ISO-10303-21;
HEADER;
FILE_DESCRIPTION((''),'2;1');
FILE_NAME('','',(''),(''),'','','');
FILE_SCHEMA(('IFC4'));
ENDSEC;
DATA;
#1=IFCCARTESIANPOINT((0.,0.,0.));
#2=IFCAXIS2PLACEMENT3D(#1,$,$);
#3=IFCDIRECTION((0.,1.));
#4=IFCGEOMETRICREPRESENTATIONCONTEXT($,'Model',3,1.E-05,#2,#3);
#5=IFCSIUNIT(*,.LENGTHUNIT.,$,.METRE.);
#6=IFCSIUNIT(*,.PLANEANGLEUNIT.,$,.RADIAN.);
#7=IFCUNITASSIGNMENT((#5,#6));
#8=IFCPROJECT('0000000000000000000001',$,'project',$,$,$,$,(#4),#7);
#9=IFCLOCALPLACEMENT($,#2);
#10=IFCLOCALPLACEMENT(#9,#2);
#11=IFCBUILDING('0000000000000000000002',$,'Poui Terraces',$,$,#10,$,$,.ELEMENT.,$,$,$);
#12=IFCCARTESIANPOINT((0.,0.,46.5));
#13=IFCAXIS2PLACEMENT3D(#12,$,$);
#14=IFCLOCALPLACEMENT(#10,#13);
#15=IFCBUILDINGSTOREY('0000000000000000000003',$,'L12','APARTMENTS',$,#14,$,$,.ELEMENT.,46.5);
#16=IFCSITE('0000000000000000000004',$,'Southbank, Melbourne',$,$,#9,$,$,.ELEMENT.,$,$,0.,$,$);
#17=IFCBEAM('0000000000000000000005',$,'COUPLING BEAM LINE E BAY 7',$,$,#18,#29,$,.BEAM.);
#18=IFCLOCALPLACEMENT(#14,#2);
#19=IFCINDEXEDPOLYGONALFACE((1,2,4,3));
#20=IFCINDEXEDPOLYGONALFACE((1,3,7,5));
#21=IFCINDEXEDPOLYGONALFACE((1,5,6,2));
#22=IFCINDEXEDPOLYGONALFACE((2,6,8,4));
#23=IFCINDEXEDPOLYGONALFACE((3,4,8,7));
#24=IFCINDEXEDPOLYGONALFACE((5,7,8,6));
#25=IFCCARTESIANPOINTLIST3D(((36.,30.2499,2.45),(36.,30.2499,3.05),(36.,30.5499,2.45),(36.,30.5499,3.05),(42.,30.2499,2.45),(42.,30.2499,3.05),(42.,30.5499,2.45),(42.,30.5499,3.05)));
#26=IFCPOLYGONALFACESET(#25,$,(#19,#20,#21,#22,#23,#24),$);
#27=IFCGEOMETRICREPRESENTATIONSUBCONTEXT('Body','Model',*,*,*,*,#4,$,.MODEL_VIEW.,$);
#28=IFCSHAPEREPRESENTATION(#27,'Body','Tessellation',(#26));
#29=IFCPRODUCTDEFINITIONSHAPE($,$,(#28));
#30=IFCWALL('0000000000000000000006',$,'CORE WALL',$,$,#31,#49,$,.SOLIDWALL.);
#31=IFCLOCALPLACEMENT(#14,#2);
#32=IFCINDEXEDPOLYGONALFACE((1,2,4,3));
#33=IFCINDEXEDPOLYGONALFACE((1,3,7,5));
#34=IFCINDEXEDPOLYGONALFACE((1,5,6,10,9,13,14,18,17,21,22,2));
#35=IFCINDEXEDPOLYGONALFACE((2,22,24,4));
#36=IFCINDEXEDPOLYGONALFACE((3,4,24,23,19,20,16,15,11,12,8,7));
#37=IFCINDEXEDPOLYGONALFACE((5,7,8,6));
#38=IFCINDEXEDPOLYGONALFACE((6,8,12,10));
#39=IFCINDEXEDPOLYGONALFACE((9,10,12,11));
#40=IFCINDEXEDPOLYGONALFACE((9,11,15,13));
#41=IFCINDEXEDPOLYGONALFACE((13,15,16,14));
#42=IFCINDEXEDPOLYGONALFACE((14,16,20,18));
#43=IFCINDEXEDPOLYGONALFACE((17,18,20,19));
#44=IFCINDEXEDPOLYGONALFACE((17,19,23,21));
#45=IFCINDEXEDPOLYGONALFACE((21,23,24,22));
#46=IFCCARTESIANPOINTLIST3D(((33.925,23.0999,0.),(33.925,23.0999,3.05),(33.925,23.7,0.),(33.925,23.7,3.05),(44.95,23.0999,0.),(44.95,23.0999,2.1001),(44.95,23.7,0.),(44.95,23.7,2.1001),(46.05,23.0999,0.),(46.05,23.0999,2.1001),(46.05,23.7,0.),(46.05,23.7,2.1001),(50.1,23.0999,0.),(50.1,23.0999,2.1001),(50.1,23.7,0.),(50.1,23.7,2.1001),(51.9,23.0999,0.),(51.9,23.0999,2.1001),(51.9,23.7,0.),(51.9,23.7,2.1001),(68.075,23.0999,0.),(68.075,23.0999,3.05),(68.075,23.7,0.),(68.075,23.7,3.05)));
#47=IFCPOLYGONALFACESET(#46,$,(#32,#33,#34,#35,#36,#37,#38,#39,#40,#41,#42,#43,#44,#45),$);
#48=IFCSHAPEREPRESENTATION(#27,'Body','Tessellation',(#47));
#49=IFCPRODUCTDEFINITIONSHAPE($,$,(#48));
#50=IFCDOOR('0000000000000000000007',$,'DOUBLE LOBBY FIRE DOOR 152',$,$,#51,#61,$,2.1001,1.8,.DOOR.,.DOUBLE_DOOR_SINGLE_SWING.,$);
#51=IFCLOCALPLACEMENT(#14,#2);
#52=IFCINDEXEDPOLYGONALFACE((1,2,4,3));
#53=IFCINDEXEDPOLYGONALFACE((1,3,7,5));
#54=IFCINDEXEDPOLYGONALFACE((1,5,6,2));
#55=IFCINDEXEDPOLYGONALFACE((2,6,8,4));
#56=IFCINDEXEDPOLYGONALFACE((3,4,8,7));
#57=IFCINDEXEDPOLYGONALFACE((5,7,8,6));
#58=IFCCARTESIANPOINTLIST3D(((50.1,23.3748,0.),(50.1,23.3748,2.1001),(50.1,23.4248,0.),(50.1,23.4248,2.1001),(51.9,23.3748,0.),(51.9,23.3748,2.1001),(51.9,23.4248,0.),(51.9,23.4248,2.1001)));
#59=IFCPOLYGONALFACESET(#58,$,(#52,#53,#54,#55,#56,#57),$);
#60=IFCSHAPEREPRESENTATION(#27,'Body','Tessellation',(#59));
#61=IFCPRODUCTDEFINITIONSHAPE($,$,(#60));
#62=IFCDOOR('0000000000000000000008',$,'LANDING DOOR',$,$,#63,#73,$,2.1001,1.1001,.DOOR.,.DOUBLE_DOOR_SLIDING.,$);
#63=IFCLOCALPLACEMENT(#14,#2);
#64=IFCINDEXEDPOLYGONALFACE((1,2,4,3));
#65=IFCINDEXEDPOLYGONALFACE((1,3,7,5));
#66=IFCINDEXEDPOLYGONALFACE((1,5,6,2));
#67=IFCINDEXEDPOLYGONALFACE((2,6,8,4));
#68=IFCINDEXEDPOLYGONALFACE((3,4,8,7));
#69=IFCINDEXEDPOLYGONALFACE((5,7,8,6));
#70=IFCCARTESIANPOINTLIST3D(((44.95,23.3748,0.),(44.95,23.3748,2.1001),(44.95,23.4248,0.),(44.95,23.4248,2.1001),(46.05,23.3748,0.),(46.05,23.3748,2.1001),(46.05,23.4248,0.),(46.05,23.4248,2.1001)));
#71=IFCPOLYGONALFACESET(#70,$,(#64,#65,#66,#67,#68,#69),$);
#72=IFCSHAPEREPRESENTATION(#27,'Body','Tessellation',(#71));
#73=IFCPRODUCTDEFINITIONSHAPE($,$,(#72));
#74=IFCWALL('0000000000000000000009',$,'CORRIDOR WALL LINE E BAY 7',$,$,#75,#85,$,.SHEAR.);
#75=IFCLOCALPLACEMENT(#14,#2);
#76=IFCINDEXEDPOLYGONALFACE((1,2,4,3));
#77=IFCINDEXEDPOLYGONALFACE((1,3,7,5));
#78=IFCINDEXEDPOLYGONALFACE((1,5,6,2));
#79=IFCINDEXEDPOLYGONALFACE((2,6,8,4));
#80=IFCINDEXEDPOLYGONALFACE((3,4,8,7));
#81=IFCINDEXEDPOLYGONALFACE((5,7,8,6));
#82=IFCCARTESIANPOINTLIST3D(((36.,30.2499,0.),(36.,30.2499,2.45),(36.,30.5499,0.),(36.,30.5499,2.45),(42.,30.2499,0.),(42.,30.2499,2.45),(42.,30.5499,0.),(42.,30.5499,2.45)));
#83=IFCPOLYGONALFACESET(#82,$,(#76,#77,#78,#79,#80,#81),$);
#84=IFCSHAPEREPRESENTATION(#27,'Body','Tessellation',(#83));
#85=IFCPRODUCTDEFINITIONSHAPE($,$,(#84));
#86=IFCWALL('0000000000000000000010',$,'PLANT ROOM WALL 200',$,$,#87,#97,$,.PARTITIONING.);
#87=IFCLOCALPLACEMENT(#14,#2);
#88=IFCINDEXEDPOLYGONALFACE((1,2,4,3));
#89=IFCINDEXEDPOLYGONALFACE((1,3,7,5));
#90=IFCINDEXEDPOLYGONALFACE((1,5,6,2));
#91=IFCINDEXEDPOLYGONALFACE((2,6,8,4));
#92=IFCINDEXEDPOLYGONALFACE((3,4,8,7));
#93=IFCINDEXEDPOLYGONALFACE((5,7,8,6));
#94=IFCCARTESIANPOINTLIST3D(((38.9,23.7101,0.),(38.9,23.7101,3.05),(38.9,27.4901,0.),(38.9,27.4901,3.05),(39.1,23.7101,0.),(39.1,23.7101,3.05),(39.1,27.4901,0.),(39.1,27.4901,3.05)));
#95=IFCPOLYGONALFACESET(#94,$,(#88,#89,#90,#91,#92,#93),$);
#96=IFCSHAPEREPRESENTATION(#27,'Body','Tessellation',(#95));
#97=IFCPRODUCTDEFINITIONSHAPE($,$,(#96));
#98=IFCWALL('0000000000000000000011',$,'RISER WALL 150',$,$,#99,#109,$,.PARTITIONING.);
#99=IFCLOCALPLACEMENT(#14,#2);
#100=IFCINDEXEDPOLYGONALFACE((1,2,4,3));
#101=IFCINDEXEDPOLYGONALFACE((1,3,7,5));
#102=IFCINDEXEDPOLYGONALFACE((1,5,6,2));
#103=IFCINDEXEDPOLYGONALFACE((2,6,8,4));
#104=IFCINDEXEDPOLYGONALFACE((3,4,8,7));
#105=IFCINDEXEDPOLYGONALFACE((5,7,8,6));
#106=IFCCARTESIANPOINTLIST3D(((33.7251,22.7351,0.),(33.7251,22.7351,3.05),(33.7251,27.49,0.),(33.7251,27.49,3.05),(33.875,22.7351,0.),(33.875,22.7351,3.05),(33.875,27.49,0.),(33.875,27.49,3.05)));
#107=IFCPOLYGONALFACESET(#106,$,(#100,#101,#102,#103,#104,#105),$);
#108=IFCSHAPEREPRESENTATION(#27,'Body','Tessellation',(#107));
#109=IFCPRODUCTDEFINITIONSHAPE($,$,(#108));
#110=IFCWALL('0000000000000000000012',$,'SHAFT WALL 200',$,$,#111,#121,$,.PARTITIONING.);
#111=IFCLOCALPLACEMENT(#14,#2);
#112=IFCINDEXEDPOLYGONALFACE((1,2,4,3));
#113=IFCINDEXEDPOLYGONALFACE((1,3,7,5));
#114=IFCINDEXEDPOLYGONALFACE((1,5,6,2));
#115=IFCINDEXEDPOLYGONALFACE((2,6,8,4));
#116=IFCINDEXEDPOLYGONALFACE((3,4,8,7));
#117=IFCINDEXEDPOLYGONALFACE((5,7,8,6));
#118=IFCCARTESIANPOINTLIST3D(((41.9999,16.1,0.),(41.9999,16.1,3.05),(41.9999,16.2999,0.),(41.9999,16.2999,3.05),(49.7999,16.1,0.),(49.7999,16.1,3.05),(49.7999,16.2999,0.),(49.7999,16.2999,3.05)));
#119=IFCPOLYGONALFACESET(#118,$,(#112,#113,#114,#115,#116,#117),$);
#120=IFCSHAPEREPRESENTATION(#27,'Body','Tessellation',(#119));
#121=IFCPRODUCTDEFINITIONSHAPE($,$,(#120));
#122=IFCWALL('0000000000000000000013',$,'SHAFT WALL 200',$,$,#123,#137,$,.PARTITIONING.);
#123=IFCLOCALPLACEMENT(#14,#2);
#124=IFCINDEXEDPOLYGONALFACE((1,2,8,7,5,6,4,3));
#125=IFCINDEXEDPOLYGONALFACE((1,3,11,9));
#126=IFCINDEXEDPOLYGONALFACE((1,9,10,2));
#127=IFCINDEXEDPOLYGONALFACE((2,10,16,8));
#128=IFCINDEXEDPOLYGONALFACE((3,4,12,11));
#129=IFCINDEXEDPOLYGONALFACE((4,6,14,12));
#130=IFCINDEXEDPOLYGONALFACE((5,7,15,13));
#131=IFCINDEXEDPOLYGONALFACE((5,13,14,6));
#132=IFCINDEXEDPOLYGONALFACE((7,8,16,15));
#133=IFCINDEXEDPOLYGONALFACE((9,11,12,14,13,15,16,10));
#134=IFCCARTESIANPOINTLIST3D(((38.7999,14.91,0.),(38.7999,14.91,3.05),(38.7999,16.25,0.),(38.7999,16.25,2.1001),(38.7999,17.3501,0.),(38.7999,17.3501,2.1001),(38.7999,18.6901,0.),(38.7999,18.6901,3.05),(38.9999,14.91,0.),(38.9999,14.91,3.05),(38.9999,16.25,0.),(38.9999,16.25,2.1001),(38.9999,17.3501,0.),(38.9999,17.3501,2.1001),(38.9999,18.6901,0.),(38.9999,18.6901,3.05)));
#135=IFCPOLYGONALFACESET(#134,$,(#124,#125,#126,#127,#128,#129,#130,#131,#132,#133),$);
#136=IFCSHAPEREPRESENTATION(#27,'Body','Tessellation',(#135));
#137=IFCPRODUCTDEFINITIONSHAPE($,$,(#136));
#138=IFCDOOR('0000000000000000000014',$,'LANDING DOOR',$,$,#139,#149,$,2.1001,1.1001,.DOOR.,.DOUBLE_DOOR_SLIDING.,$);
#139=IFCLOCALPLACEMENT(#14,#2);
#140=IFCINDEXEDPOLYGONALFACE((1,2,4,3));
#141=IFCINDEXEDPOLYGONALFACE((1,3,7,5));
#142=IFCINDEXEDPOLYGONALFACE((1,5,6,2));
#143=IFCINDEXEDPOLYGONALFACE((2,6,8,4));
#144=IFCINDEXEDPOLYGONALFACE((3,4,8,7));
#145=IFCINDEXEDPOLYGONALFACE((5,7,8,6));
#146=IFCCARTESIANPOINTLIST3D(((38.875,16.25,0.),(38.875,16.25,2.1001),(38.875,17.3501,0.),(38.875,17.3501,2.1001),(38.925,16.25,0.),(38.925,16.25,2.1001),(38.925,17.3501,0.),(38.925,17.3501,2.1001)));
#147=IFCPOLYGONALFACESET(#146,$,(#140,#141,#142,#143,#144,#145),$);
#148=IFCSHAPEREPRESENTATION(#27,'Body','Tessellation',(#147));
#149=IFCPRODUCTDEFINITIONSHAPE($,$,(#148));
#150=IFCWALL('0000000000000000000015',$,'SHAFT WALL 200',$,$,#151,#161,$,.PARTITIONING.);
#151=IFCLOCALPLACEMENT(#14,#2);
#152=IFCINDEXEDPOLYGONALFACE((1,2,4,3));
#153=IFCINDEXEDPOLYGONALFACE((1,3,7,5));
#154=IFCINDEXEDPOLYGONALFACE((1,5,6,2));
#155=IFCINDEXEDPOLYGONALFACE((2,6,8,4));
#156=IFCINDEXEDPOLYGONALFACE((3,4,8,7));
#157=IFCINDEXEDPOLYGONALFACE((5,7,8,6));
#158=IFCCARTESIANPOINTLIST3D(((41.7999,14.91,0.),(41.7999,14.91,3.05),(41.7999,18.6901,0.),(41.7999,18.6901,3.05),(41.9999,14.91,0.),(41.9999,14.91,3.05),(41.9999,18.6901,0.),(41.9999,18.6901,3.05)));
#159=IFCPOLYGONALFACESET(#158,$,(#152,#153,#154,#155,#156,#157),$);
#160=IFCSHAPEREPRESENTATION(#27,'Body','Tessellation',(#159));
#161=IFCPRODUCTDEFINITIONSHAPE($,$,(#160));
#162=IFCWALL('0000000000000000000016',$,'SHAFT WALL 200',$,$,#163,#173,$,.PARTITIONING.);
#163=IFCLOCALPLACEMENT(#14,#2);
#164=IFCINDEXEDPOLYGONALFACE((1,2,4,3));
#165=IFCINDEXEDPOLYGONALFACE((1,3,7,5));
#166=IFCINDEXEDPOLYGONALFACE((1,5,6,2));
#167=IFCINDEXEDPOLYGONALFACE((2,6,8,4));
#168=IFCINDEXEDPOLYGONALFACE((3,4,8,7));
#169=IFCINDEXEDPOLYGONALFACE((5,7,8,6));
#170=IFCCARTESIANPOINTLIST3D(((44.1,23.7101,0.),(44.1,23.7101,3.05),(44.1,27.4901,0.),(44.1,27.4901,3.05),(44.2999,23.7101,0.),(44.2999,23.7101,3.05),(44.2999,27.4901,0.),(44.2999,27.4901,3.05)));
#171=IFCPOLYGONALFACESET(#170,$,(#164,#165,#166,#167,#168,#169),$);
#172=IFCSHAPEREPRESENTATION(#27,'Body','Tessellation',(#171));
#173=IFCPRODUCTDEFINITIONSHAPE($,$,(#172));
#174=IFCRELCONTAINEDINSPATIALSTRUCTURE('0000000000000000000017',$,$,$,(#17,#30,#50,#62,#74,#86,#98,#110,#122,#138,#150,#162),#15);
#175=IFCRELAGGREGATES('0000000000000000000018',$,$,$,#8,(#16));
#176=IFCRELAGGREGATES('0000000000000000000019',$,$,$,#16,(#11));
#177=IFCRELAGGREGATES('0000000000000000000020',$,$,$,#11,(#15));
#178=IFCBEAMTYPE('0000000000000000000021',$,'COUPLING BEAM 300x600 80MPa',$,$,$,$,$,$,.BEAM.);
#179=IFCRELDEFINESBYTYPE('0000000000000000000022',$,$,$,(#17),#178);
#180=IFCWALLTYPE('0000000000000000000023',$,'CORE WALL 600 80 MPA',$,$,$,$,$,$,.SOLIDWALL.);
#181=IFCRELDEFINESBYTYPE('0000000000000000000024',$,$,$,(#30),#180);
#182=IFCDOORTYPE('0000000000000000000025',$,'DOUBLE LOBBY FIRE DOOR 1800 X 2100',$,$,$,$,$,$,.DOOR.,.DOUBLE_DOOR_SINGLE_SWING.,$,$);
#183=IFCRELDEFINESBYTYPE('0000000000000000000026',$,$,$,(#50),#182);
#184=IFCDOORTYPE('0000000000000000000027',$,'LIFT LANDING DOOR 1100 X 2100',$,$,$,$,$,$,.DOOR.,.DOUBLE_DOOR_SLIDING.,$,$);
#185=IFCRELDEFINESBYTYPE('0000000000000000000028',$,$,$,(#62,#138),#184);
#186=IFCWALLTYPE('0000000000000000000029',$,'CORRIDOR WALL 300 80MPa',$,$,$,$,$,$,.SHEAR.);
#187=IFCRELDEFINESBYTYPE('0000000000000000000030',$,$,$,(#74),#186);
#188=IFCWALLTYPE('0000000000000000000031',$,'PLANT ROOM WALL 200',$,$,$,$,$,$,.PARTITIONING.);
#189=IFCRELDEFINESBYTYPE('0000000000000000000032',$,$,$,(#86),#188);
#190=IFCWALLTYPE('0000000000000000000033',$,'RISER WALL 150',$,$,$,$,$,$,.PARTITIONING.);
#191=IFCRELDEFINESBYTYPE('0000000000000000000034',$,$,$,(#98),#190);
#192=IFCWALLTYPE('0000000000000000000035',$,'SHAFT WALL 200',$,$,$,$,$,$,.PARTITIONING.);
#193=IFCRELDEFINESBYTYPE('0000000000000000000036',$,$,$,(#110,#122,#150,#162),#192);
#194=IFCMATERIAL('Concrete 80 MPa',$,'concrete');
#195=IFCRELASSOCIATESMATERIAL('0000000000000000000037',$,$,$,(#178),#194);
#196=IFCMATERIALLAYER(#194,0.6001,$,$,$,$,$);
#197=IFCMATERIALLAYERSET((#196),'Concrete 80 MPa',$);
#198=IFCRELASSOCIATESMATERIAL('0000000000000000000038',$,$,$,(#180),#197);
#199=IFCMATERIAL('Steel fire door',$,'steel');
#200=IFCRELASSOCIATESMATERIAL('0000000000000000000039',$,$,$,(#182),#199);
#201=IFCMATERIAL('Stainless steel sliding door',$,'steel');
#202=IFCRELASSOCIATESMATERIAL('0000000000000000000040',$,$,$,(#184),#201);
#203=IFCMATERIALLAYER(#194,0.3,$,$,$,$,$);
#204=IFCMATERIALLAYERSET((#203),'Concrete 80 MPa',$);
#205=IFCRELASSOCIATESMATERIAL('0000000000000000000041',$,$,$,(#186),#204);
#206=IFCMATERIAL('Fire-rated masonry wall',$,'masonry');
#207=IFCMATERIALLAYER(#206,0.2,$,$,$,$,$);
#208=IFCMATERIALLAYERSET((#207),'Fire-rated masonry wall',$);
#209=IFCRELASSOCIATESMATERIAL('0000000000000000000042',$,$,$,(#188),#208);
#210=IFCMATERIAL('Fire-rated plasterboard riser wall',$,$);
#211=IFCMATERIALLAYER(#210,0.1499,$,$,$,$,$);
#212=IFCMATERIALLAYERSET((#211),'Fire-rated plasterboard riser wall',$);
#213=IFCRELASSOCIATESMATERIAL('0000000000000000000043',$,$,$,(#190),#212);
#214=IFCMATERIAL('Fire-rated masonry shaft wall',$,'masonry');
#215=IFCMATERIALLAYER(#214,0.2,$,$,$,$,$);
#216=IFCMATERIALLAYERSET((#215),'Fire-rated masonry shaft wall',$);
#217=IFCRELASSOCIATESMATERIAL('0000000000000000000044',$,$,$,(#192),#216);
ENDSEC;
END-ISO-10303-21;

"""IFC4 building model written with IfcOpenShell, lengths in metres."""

from ifc_helpers import new_model, si_unit, direction, frame, frame_2d, origin, origin_2d, place, context, subcontext, project, spatial, rectangle, extrude, source, transform, mapped, material, layer, layer_set, material_profile, profile_set, type_object, element, fill, save


model = new_model("IFC4")

# Units and contexts
model_context = context("Model", 3, precision=1e-05, world=origin(), true_north=direction((0.0, 1.0)))
body_context = subcontext(model_context, "Body", "Model", "MODEL_VIEW")
ifc_project = project(units=[si_unit("LENGTHUNIT", "METRE"), si_unit("PLANEANGLEUNIT", "RADIAN")], contexts=[model_context])

# Site, building, storey
site_placement = place(None, origin())
site = spatial("IfcSite", under=ifc_project, at=site_placement, Name="Southbank, Melbourne", CompositionType="ELEMENT", RefElevation=0.0)
building_placement = place(site_placement, origin())
building = spatial("IfcBuilding", under=site, at=building_placement, Name="Poui Terraces", CompositionType="ELEMENT")
storey_placement = place(building_placement, frame((0.0, 0.0, 46.5)))
storey = spatial("IfcBuildingStorey", under=building, at=storey_placement, Name="L12", Description="APARTMENTS", CompositionType="ELEMENT", Elevation=46.5)

# Beam
ifc_material_1 = material(Name="Concrete 80 MPa", Category="concrete")
ifc_material_profile = material_profile(ifc_material_1, rectangle(XDim=0.3, YDim=0.6001, at=origin_2d()), Name="RC 300x600")
ifc_profile_set = profile_set([ifc_material_profile], Name="Concrete 80 MPa")
beam_type = type_object("IfcBeamType", Name="COUPLING BEAM 300x600 80MPa", PredefinedType="BEAM", material=ifc_profile_set)
shared_shape = source(origin(), body_context, "Body", "SweptSolid", [
    extrude(rectangle(XDim=0.3, YDim=0.6001, at=origin_2d()), origin(), (0.0, 0.0, 1.0), 6.0),
])
beam_placement = place(storey_placement, frame((36.0, 30.3999, 2.75), z_axis=(1.0, 0.0, 0.0), x_axis=(0.0, 1.0, 0.0)))
element("IfcBeam", 1, at=beam_placement, inside=storey, type_object=beam_type, Name="COUPLING BEAM LINE E BAY 7", PredefinedType="BEAM", context=body_context, shape_type="MappedRepresentation", body=[
    mapped(shared_shape, transform((0.0, 0.0, 0.0))),
])

# Wall, openings, doors
ifc_layer_1 = layer(ifc_material_1, 0.6001)
ifc_layer_set_1 = layer_set([ifc_layer_1], Name="Concrete 80 MPa")
wall_type_1 = type_object("IfcWallType", Name="CORE WALL 600 80 MPA", PredefinedType="SOLIDWALL", material=ifc_layer_set_1)
ifc_material_2 = material(Name="Steel fire door", Category="steel")
door_type_1 = type_object("IfcDoorType", Name="DOUBLE LOBBY FIRE DOOR 1800 X 2100", OperationType="DOUBLE_DOOR_SINGLE_SWING", PredefinedType="DOOR", material=ifc_material_2)
ifc_material_3 = material(Name="Stainless steel sliding door", Category="steel")
door_type_2 = type_object("IfcDoorType", Name="LIFT LANDING DOOR 1100 X 2100", OperationType="DOUBLE_DOOR_SLIDING", PredefinedType="DOOR", material=ifc_material_3)
wall_1_placement = place(storey_placement, frame((33.925, 23.3999, 0.0), z_axis=(0.0, 0.0, 1.0), x_axis=(1.0, 0.0, 0.0)))
wall_1 = element("IfcWall", 2, at=wall_1_placement, inside=storey, type_object=wall_type_1, Name="CORE WALL", PredefinedType="SOLIDWALL", context=body_context, shape_type="SweptSolid", body=[
    extrude(rectangle(XDim=34.1499, YDim=0.6001, at=frame_2d((17.075, 0.0))), origin(), (0.0, 0.0, 1.0), 3.05),
])
opening_1_placement = place(wall_1_placement, frame((16.175, 0.0, 0.0)))
opening_1 = element("IfcOpeningElement", 3, at=opening_1_placement, cuts=wall_1, PredefinedType="OPENING", context=body_context, shape_type="SweptSolid", body=[
    extrude(rectangle(XDim=1.8, YDim=2.1001, at=frame_2d((0.8999, 1.05))), frame((0.0, 0.3101, 0.0), z_axis=(0.0, -1.0, 0.0), x_axis=(1.0, 0.0, 0.0)), (0.0, 0.0, 1.0), 0.6201),
])
opening_2_placement = place(wall_1_placement, frame((11.0249, 0.0, 0.0)))
opening_2 = element("IfcOpeningElement", 4, at=opening_2_placement, cuts=wall_1, PredefinedType="OPENING", context=body_context, shape_type="SweptSolid", body=[
    extrude(rectangle(XDim=1.1001, YDim=2.1001, at=frame_2d((0.55, 1.05))), frame((0.0, 0.3101, 0.0), z_axis=(0.0, -1.0, 0.0), x_axis=(1.0, 0.0, 0.0)), (0.0, 0.0, 1.0), 0.6201),
])
door_1_placement = place(opening_1_placement, origin())
door_1 = element("IfcDoor", 5, at=door_1_placement, inside=storey, type_object=door_type_1, Name="DOUBLE LOBBY FIRE DOOR 152", OperationType="DOUBLE_DOOR_SINGLE_SWING", OverallHeight=2.1001, OverallWidth=1.8, PredefinedType="DOOR", context=body_context, shape_type="SweptSolid", body=[
    extrude(rectangle(XDim=1.8, YDim=2.1001, at=frame_2d((0.8999, 1.05))), frame((0.0, 0.0249, 0.0), z_axis=(0.0, -1.0, 0.0), x_axis=(1.0, 0.0, 0.0)), (0.0, 0.0, 1.0), 0.05),
])
fill(opening_1, door_1)
door_2_placement = place(opening_2_placement, origin())
door_2 = element("IfcDoor", 6, at=door_2_placement, inside=storey, type_object=door_type_2, Name="LANDING DOOR", OperationType="DOUBLE_DOOR_SLIDING", OverallHeight=2.1001, OverallWidth=1.1001, PredefinedType="DOOR", context=body_context, shape_type="SweptSolid", body=[
    extrude(rectangle(XDim=1.1001, YDim=2.1001, at=frame_2d((0.55, 1.05))), frame((0.0, 0.0249, 0.0), z_axis=(0.0, -1.0, 0.0), x_axis=(1.0, 0.0, 0.0)), (0.0, 0.0, 1.0), 0.05),
])
fill(opening_2, door_2)

# Walls
ifc_layer_2 = layer(ifc_material_1, 0.3)
ifc_layer_set_2 = layer_set([ifc_layer_2], Name="Concrete 80 MPa")
wall_type_2 = type_object("IfcWallType", Name="CORRIDOR WALL 300 80MPa", PredefinedType="SHEAR", material=ifc_layer_set_2)
wall_2_placement = place(storey_placement, frame((36.0, 30.3999, 0.0), z_axis=(0.0, 0.0, 1.0), x_axis=(1.0, 0.0, 0.0)))
element("IfcWall", 7, at=wall_2_placement, inside=storey, type_object=wall_type_2, Name="CORRIDOR WALL LINE E BAY 7", PredefinedType="SHEAR", context=body_context, shape_type="SweptSolid", body=[
    extrude(rectangle(XDim=6.0, YDim=0.3, at=frame_2d((3.0, 0.0))), origin(), (0.0, 0.0, 1.0), 2.45),
])
ifc_material_4 = material(Name="Fire-rated masonry wall", Category="masonry")
ifc_layer_3 = layer(ifc_material_4, 0.2)
ifc_layer_set_3 = layer_set([ifc_layer_3], Name="Fire-rated masonry wall")
wall_type_3 = type_object("IfcWallType", Name="PLANT ROOM WALL 200", PredefinedType="PARTITIONING", material=ifc_layer_set_3)
wall_3_placement = place(storey_placement, frame((39.0, 23.71, 0.0), z_axis=(0.0, 0.0, 1.0), x_axis=(0.0, 1.0, 0.0)))
element("IfcWall", 8, at=wall_3_placement, inside=storey, type_object=wall_type_3, Name="PLANT ROOM WALL 200", PredefinedType="PARTITIONING", context=body_context, shape_type="SweptSolid", body=[
    extrude(rectangle(XDim=3.78, YDim=0.2, at=frame_2d((1.8901, 0.0))), origin(), (0.0, 0.0, 1.0), 3.05),
])
ifc_material_5 = material(Name="Fire-rated plasterboard riser wall")
ifc_layer_4 = layer(ifc_material_5, 0.1499)
ifc_layer_set_4 = layer_set([ifc_layer_4], Name="Fire-rated plasterboard riser wall")
wall_type_4 = type_object("IfcWallType", Name="RISER WALL 150", PredefinedType="PARTITIONING", material=ifc_layer_set_4)
wall_4_placement = place(storey_placement, frame((33.8, 22.7351, 0.0), z_axis=(0.0, 0.0, 1.0), x_axis=(0.0, 1.0, 0.0)))
element("IfcWall", 9, at=wall_4_placement, inside=storey, type_object=wall_type_4, Name="RISER WALL 150", PredefinedType="PARTITIONING", context=body_context, shape_type="SweptSolid", body=[
    extrude(rectangle(XDim=4.7549, YDim=0.1499, at=frame_2d((2.3774, 0.0))), origin(), (0.0, 0.0, 1.0), 3.05),
])
ifc_material_6 = material(Name="Fire-rated masonry shaft wall", Category="masonry")
ifc_layer_5 = layer(ifc_material_6, 0.2)
ifc_layer_set_5 = layer_set([ifc_layer_5], Name="Fire-rated masonry shaft wall")
wall_type_5 = type_object("IfcWallType", Name="SHAFT WALL 200", PredefinedType="PARTITIONING", material=ifc_layer_set_5)
wall_5_placement = place(storey_placement, frame((42.0, 16.2, 0.0), z_axis=(0.0, 0.0, 1.0), x_axis=(1.0, 0.0, 0.0)))
element("IfcWall", 10, at=wall_5_placement, inside=storey, type_object=wall_type_5, Name="SHAFT WALL 200", PredefinedType="PARTITIONING", context=body_context, shape_type="SweptSolid", body=[
    extrude(rectangle(XDim=7.8, YDim=0.2, at=frame_2d((3.8999, 0.0))), origin(), (0.0, 0.0, 1.0), 3.05),
])

# Wall, opening, door
wall_6_placement = place(storey_placement, frame((38.8999, 14.9099, 0.0), z_axis=(0.0, 0.0, 1.0), x_axis=(0.0, 1.0, 0.0)))
wall_6 = element("IfcWall", 11, at=wall_6_placement, inside=storey, type_object=wall_type_5, Name="SHAFT WALL 200", PredefinedType="PARTITIONING", context=body_context, shape_type="SweptSolid", body=[
    extrude(rectangle(XDim=3.78, YDim=0.2, at=frame_2d((1.8901, 0.0))), origin(), (0.0, 0.0, 1.0), 3.05),
])
opening_3_placement = place(wall_6_placement, frame((1.3401, 0.0, 0.0)))
opening_3 = element("IfcOpeningElement", 12, at=opening_3_placement, cuts=wall_6, PredefinedType="OPENING", context=body_context, shape_type="SweptSolid", body=[
    extrude(rectangle(XDim=1.1001, YDim=2.1001, at=frame_2d((0.55, 1.05))), frame((0.0, 0.1099, 0.0), z_axis=(0.0, -1.0, 0.0), x_axis=(1.0, 0.0, 0.0)), (0.0, 0.0, 1.0), 0.22),
])
door_3_placement = place(opening_3_placement, origin())
door_3 = element("IfcDoor", 13, at=door_3_placement, inside=storey, type_object=door_type_2, Name="LANDING DOOR", OperationType="DOUBLE_DOOR_SLIDING", OverallHeight=2.1001, OverallWidth=1.1001, PredefinedType="DOOR", context=body_context, shape_type="SweptSolid", body=[
    extrude(rectangle(XDim=1.1001, YDim=2.1001, at=frame_2d((0.55, 1.05))), frame((0.0, 0.0249, 0.0), z_axis=(0.0, -1.0, 0.0), x_axis=(1.0, 0.0, 0.0)), (0.0, 0.0, 1.0), 0.05),
])
fill(opening_3, door_3)

# Walls
for number, where, z_axis, x_axis, name in (
    (14, (41.8999, 14.9099, 0.0), (0.0, 0.0, 1.0), (0.0, 1.0, 0.0), "SHAFT WALL 200"),
    (15, (44.2, 23.71, 0.0), (0.0, 0.0, 1.0), (0.0, 1.0, 0.0), "SHAFT WALL 200"),
):
    element("IfcWall", number, at=place(storey_placement, frame(where, z_axis=z_axis, x_axis=x_axis)), inside=storey, type_object=wall_type_5, Name=name, PredefinedType="PARTITIONING", context=body_context, shape_type="SweptSolid", body=[
        extrude(rectangle(XDim=3.78, YDim=0.2, at=frame_2d((1.8901, 0.0))), origin(), (0.0, 0.0, 1.0), 3.05),
    ])

save(model, "model.ifc")
